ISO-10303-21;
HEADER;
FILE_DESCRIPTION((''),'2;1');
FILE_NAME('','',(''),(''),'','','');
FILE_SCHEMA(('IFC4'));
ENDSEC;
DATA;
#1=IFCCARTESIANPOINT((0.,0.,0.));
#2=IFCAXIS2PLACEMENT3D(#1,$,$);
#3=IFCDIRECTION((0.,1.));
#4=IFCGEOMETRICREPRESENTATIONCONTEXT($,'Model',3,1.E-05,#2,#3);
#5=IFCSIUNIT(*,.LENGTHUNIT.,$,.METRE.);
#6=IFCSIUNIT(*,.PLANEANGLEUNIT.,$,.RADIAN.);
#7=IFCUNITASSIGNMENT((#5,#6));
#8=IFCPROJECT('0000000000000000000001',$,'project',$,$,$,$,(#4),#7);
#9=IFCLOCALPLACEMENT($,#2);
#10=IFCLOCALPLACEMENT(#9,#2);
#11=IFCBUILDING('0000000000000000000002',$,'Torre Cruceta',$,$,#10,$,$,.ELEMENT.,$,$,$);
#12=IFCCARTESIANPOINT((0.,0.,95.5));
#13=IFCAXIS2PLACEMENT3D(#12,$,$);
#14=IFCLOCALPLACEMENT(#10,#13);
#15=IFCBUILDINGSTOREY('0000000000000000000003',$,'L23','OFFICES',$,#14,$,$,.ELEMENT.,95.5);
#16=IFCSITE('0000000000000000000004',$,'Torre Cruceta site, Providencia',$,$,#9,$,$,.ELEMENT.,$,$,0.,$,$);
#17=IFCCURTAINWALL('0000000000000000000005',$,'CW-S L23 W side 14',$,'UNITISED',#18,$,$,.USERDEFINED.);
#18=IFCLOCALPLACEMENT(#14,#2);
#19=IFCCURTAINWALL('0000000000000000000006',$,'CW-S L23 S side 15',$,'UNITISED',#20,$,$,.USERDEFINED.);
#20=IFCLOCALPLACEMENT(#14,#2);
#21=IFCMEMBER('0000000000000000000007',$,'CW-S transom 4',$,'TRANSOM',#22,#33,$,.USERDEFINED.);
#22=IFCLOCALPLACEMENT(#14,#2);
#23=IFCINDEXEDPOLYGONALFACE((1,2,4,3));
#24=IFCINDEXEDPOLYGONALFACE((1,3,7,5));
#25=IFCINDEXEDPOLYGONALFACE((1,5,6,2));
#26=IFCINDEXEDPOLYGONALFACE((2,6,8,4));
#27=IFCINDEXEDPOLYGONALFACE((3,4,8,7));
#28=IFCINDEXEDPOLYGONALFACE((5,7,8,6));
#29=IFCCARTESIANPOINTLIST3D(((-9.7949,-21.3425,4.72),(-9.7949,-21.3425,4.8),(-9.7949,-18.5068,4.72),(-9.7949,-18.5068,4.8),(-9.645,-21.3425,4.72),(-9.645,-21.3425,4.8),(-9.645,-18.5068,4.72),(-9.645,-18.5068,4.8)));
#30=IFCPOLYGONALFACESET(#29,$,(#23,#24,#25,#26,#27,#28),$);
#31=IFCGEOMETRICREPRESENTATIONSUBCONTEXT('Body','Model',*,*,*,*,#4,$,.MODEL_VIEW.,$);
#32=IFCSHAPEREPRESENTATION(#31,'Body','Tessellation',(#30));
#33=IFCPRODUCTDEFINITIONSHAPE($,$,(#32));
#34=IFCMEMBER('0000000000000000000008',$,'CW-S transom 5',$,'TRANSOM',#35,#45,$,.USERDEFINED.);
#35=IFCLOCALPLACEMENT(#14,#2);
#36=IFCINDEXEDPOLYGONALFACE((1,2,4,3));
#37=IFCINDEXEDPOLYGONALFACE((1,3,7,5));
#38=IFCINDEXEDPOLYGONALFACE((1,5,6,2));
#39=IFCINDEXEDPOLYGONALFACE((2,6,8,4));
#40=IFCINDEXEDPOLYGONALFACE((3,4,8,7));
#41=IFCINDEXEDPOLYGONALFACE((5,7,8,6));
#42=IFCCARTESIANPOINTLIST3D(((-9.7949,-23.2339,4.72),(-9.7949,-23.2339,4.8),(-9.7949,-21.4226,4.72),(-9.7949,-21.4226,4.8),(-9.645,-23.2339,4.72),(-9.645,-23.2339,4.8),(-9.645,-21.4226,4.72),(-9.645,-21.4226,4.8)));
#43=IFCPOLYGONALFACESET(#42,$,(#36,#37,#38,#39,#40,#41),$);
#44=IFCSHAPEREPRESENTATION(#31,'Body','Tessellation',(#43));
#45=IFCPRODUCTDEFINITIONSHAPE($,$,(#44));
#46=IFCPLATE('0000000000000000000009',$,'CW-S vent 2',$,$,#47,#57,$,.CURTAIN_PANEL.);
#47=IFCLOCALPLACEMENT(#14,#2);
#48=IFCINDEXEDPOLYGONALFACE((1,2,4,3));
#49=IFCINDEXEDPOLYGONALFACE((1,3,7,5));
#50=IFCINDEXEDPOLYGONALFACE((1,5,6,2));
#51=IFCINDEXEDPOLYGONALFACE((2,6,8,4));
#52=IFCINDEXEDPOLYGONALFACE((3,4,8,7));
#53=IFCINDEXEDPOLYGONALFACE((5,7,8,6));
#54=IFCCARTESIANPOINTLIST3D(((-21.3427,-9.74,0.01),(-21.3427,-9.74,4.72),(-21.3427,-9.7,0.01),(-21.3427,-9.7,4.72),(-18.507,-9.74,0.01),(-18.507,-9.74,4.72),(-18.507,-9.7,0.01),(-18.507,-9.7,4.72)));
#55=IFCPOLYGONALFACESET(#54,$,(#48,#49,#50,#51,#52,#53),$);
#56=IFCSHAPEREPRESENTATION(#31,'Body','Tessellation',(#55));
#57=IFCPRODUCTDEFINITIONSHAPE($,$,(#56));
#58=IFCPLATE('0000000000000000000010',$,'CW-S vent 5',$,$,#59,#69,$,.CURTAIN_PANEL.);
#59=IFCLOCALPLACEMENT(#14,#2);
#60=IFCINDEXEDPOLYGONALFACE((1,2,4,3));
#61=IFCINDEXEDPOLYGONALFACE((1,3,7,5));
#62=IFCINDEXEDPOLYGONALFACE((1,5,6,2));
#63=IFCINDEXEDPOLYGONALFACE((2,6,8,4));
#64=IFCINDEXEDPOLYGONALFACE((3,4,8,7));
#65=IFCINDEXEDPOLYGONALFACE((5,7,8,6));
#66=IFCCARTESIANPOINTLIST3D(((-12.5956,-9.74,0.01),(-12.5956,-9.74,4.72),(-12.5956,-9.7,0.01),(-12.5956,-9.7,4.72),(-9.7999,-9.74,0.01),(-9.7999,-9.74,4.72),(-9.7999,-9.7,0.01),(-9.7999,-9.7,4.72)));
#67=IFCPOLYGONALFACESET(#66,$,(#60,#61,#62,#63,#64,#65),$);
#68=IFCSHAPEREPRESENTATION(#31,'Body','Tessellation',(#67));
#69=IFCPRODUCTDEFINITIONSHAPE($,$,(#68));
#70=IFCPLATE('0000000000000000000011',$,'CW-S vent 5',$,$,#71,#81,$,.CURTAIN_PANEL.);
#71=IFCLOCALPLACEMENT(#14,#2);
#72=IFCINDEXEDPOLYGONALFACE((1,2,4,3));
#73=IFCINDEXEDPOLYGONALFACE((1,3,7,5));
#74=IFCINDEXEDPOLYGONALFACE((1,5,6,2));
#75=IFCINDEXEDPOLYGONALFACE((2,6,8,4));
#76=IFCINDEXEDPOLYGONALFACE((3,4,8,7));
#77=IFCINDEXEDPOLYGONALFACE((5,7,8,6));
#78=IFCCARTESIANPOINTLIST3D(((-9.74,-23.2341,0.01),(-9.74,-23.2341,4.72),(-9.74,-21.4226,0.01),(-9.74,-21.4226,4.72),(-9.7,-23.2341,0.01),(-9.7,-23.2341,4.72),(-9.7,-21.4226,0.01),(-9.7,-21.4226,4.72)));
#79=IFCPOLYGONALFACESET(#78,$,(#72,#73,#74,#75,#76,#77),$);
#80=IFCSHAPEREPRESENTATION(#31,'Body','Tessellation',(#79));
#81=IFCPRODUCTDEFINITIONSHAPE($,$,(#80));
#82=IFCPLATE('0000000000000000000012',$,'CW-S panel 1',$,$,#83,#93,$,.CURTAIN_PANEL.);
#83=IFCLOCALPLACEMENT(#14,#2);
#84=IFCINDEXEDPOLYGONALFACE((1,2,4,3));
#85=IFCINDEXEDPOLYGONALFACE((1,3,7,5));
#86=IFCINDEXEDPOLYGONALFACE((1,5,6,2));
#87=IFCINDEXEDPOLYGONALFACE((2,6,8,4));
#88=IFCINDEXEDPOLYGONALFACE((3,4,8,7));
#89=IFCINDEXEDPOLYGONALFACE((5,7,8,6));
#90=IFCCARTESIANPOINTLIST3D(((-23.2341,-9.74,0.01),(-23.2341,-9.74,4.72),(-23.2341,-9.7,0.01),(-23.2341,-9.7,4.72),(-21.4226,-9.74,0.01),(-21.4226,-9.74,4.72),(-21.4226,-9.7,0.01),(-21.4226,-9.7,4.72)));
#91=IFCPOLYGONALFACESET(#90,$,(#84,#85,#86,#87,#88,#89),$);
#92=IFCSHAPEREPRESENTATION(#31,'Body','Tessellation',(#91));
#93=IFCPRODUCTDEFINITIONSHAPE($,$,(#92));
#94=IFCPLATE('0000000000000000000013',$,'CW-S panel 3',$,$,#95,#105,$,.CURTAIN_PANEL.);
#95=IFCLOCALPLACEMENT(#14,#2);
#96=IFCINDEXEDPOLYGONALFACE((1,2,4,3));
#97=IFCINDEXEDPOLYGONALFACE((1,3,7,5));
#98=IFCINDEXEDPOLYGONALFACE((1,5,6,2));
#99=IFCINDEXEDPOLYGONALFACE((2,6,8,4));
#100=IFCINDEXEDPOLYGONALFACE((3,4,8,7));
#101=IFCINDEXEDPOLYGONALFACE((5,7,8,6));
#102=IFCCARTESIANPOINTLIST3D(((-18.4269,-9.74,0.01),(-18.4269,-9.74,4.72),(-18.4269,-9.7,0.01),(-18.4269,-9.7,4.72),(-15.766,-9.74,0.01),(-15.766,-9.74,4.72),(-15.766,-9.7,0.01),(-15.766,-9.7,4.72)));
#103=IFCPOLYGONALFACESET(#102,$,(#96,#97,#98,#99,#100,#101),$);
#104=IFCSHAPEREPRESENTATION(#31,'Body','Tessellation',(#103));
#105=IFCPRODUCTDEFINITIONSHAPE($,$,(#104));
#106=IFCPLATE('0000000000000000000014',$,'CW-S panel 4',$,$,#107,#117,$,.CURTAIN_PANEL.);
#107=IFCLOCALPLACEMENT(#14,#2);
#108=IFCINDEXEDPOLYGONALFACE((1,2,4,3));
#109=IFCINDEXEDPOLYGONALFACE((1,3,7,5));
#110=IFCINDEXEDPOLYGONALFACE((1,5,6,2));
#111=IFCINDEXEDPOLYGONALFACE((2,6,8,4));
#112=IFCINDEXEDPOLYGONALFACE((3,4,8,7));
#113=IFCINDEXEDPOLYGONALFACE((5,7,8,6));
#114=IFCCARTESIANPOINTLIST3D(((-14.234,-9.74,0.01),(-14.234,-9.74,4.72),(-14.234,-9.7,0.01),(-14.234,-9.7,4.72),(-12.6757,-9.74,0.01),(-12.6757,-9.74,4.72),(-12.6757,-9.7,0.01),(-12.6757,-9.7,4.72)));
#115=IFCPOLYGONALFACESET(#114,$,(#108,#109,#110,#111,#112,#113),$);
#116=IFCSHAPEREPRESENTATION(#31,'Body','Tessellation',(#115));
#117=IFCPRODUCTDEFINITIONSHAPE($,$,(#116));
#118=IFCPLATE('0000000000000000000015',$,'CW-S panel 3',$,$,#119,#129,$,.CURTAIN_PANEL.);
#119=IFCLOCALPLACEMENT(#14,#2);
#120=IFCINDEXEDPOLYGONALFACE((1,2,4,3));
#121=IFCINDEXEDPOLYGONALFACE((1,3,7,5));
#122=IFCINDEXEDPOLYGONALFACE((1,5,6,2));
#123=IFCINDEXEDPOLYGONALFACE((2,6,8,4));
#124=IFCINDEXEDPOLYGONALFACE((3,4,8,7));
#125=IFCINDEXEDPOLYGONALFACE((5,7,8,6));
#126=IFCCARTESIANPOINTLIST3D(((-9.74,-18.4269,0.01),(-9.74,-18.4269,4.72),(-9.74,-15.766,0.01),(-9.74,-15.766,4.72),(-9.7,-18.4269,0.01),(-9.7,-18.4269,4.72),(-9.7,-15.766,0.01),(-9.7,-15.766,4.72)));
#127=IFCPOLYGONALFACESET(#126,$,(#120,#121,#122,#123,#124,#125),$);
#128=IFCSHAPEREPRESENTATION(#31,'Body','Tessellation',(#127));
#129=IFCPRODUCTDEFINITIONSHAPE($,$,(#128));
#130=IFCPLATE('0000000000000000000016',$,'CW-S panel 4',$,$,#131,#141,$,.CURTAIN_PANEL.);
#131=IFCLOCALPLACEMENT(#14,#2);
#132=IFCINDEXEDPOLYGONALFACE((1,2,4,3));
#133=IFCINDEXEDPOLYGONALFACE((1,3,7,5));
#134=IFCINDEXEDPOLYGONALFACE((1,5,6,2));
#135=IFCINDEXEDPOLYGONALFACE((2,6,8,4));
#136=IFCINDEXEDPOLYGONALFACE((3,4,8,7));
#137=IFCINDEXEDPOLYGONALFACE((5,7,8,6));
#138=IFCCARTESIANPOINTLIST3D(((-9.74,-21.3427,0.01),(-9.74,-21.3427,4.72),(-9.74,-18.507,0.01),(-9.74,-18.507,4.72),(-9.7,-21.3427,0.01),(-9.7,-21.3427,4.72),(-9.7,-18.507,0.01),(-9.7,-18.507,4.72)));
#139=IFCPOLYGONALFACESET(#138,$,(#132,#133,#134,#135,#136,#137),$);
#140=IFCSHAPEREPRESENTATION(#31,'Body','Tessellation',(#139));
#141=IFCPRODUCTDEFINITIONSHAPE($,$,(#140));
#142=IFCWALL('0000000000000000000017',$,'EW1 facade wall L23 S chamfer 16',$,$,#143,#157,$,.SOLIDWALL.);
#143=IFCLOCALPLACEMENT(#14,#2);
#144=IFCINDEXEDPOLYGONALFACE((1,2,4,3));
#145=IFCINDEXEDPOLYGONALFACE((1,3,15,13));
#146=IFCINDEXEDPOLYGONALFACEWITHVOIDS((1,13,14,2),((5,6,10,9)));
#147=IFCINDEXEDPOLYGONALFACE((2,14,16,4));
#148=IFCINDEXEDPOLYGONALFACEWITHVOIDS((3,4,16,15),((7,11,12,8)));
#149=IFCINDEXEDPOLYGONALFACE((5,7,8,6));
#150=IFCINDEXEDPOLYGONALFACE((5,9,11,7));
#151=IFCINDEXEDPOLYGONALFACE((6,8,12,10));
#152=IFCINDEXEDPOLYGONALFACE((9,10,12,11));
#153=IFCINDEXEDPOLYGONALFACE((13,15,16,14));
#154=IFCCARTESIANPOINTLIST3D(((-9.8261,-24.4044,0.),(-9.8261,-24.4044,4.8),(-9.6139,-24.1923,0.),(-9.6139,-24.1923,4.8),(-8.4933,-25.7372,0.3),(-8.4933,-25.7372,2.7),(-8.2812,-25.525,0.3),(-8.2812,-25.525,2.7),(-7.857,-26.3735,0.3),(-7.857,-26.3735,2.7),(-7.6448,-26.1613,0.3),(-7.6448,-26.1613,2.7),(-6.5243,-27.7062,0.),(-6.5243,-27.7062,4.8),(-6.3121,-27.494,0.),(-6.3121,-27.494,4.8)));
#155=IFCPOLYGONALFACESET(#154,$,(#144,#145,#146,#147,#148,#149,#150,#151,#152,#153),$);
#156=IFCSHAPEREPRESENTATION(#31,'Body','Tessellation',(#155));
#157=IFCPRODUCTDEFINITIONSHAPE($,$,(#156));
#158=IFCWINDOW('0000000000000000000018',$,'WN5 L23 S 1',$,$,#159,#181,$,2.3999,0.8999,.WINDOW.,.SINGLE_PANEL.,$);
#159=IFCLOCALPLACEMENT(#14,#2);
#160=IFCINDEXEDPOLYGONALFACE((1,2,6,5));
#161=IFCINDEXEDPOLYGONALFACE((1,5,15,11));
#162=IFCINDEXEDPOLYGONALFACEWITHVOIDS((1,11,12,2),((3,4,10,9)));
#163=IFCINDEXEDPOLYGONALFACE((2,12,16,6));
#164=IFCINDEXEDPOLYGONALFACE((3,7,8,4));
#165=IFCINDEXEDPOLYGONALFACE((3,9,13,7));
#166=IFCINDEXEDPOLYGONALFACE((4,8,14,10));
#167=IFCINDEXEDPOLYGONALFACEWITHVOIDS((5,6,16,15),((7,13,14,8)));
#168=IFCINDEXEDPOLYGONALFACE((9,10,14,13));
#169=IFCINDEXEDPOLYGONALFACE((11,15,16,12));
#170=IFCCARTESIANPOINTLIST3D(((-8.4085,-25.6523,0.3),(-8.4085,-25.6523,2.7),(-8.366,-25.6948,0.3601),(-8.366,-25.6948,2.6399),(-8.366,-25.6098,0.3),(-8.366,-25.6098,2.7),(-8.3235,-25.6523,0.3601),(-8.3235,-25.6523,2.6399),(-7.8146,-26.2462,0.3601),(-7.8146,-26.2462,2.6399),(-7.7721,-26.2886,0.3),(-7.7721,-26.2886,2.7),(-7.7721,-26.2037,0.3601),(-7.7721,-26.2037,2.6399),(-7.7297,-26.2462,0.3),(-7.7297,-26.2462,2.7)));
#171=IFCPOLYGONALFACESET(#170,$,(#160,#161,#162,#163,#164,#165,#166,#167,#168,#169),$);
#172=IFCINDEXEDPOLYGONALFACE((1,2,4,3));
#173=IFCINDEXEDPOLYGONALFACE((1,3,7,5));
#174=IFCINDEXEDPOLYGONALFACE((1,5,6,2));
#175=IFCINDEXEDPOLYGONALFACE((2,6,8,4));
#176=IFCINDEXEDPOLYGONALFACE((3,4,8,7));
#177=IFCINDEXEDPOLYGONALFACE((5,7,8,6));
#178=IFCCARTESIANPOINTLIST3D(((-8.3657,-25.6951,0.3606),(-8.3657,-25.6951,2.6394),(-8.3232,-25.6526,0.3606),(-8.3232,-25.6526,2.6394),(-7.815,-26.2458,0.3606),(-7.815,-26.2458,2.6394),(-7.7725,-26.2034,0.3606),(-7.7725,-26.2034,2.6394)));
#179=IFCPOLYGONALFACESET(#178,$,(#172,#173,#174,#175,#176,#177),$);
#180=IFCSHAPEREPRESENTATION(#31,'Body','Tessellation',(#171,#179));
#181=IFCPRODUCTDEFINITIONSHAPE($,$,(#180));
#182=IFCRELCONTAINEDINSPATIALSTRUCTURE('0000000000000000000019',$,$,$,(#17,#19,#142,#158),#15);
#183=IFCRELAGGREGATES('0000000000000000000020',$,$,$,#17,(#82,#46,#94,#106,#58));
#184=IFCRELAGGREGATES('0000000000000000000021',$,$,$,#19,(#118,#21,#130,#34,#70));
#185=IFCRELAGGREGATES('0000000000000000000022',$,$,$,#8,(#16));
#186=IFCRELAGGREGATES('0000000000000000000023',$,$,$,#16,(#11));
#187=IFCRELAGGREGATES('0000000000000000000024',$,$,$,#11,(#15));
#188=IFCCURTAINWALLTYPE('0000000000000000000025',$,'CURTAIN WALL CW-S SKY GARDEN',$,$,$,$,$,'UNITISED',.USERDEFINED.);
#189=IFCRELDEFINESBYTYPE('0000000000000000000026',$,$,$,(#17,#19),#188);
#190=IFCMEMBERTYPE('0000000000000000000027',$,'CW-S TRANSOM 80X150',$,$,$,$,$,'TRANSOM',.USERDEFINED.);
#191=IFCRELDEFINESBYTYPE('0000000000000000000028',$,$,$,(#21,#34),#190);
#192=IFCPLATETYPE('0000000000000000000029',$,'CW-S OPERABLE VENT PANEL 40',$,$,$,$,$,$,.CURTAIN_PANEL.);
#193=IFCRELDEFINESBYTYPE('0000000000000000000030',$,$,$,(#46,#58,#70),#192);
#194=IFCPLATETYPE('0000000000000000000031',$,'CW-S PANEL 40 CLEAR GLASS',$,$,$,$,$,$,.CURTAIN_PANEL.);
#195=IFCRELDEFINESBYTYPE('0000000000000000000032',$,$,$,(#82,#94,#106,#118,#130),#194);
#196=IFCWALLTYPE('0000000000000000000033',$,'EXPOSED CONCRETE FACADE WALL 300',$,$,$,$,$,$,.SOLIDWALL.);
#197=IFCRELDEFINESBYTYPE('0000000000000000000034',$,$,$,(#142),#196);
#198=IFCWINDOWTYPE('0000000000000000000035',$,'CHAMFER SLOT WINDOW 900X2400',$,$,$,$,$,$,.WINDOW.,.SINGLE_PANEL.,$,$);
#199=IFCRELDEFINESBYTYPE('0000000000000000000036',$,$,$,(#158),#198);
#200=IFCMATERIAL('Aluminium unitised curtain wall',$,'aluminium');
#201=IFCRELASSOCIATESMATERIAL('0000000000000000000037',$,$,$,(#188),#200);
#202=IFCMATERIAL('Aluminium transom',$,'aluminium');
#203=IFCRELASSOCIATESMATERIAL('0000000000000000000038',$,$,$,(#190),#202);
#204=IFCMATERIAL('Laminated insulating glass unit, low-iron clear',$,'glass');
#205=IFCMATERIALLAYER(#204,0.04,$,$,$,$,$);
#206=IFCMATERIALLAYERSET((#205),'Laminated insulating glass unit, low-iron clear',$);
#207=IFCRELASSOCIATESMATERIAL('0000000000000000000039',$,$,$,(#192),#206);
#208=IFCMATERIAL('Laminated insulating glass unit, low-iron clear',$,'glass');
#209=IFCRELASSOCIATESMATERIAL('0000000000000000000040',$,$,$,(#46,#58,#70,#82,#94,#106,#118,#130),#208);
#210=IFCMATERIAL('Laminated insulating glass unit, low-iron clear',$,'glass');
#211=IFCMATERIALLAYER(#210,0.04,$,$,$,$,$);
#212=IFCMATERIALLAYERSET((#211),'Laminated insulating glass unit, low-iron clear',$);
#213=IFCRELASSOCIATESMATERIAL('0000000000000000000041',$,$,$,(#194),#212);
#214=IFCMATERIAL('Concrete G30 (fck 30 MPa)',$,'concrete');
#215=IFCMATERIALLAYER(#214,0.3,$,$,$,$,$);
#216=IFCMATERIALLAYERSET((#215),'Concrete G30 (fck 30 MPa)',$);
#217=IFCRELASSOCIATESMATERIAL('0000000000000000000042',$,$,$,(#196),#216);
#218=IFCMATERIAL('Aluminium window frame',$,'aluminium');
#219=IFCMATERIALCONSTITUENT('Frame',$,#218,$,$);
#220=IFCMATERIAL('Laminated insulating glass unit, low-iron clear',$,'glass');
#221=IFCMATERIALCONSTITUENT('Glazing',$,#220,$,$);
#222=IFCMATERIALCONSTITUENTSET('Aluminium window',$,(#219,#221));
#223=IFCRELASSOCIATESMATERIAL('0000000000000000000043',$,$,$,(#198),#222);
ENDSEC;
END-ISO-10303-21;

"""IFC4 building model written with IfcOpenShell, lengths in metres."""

from ifc_helpers import new_model, si_unit, direction, frame, frame_2d, origin, origin_2d, place, context, subcontext, project, spatial, rectangle, hollow_rectangle, extrude, material, layer, layer_set, constituent, constituent_set, material_profile, profile_set, type_object, element, fill, aggregate, save


model = new_model("IFC4")

# Units and contexts
model_context = context("Model", 3, precision=1e-05, world=origin(), true_north=direction((0.0, 1.0)))
body_context = subcontext(model_context, "Body", "Model", "MODEL_VIEW")
ifc_project = project(units=[si_unit("LENGTHUNIT", "METRE"), si_unit("PLANEANGLEUNIT", "RADIAN")], contexts=[model_context])

# Site, building, storey
site_placement = place(None, origin())
site = spatial("IfcSite", under=ifc_project, at=site_placement, Name="Torre Cruceta site, Providencia", CompositionType="ELEMENT", RefElevation=0.0)
building_placement = place(site_placement, origin())
building = spatial("IfcBuilding", under=site, at=building_placement, Name="Torre Cruceta", CompositionType="ELEMENT")
storey_placement = place(building_placement, frame((0.0, 0.0, 95.5)))
storey = spatial("IfcBuildingStorey", under=building, at=storey_placement, Name="L23", Description="OFFICES", CompositionType="ELEMENT", Elevation=95.5)

# Curtain walls
ifc_material_1 = material(Name="Aluminium unitised curtain wall", Category="aluminium")
curtain_wall_type = type_object("IfcCurtainWallType", Name="CURTAIN WALL CW-S SKY GARDEN", ElementType="UNITISED", PredefinedType="USERDEFINED", material=ifc_material_1)
curtain_wall_1_placement = place(storey_placement, origin())
curtain_wall_1 = element("IfcCurtainWall", 1, at=curtain_wall_1_placement, inside=storey, type_object=curtain_wall_type, Name="CW-S L23 W side 14", ObjectType="UNITISED", PredefinedType="USERDEFINED")
curtain_wall_2_placement = place(storey_placement, origin())
curtain_wall_2 = element("IfcCurtainWall", 2, at=curtain_wall_2_placement, inside=storey, type_object=curtain_wall_type, Name="CW-S L23 S side 15", ObjectType="UNITISED", PredefinedType="USERDEFINED")

# Members
ifc_material_2 = material(Name="Aluminium transom", Category="aluminium")
ifc_material_profile_1 = material_profile(ifc_material_2, rectangle(XDim=0.1499, YDim=0.0801, at=origin_2d()), Name="AL 150X80")
ifc_profile_set_1 = profile_set([ifc_material_profile_1], Name="Aluminium transom")
member_type_1 = type_object("IfcMemberType", Name="CW-S TRANSOM 80X150", ElementType="TRANSOM", PredefinedType="USERDEFINED", material=ifc_profile_set_1)
member_1_placement = place(storey_placement, frame((-9.72, -18.5068, 4.76), z_axis=(0.0, -1.0, 0.0), x_axis=(1.0, 0.0, 0.0)))
member_1 = element("IfcMember", 3, at=member_1_placement, type_object=member_type_1, Name="CW-S transom 4", ObjectType="TRANSOM", PredefinedType="USERDEFINED", context=body_context, shape_type="SweptSolid", body=[
    extrude(rectangle(XDim=0.1499, YDim=0.0801, at=origin_2d()), origin(), (0.0, 0.0, 1.0), 2.8357),
])
member_2_placement = place(storey_placement, frame((-9.72, -21.4226, 4.76), z_axis=(0.0, -1.0, 0.0), x_axis=(1.0, 0.0, 0.0)))
member_2 = element("IfcMember", 4, at=member_2_placement, type_object=member_type_1, Name="CW-S transom 5", ObjectType="TRANSOM", PredefinedType="USERDEFINED", context=body_context, shape_type="SweptSolid", body=[
    extrude(rectangle(XDim=0.1499, YDim=0.0801, at=origin_2d()), origin(), (0.0, 0.0, 1.0), 1.8113),
])

# Plates
ifc_material_3 = material(Name="Laminated insulating glass unit, low-iron clear", Category="glass")
ifc_material_4 = material(Name="Laminated insulating glass unit, low-iron clear", Category="glass")
ifc_layer_1 = layer(ifc_material_4, 0.04)
ifc_layer_set_1 = layer_set([ifc_layer_1], Name="Laminated insulating glass unit, low-iron clear")
plate_type_1 = type_object("IfcPlateType", Name="CW-S OPERABLE VENT PANEL 40", PredefinedType="CURTAIN_PANEL", material=ifc_layer_set_1)
plate_1_placement = place(storey_placement, frame((-19.9248, -9.72, 0.01), z_axis=(0.0, 0.0, 1.0), x_axis=(1.0, 0.0, 0.0)))
plate_1 = element("IfcPlate", 5, at=plate_1_placement, type_object=plate_type_1, material=ifc_material_3, Name="CW-S vent 2", PredefinedType="CURTAIN_PANEL", context=body_context, shape_type="SweptSolid", body=[
    extrude(rectangle(XDim=2.8357, YDim=0.04, at=origin_2d()), origin(), (0.0, 0.0, 1.0), 4.71),
])
plate_2_placement = place(storey_placement, frame((-11.1978, -9.72, 0.01), z_axis=(0.0, 0.0, 1.0), x_axis=(1.0, 0.0, 0.0)))
plate_2 = element("IfcPlate", 6, at=plate_2_placement, type_object=plate_type_1, material=ifc_material_3, Name="CW-S vent 5", PredefinedType="CURTAIN_PANEL", context=body_context, shape_type="SweptSolid", body=[
    extrude(rectangle(XDim=2.7957, YDim=0.04, at=origin_2d()), origin(), (0.0, 0.0, 1.0), 4.71),
])
plate_3_placement = place(storey_placement, frame((-9.72, -22.3284, 0.01), z_axis=(0.0, 0.0, 1.0), x_axis=(0.0, -1.0, 0.0)))
plate_3 = element("IfcPlate", 7, at=plate_3_placement, type_object=plate_type_1, material=ifc_material_3, Name="CW-S vent 5", PredefinedType="CURTAIN_PANEL", context=body_context, shape_type="SweptSolid", body=[
    extrude(rectangle(XDim=1.8115, YDim=0.04, at=origin_2d()), origin(), (0.0, 0.0, 1.0), 4.71),
])
ifc_material_5 = material(Name="Laminated insulating glass unit, low-iron clear", Category="glass")
ifc_layer_2 = layer(ifc_material_5, 0.04)
ifc_layer_set_2 = layer_set([ifc_layer_2], Name="Laminated insulating glass unit, low-iron clear")
plate_type_2 = type_object("IfcPlateType", Name="CW-S PANEL 40 CLEAR GLASS", PredefinedType="CURTAIN_PANEL", material=ifc_layer_set_2)
plate_4_placement = place(storey_placement, frame((-22.3284, -9.72, 0.01), z_axis=(0.0, 0.0, 1.0), x_axis=(1.0, 0.0, 0.0)))
plate_4 = element("IfcPlate", 8, at=plate_4_placement, type_object=plate_type_2, material=ifc_material_3, Name="CW-S panel 1", PredefinedType="CURTAIN_PANEL", context=body_context, shape_type="SweptSolid", body=[
    extrude(rectangle(XDim=1.8115, YDim=0.04, at=origin_2d()), origin(), (0.0, 0.0, 1.0), 4.71),
])
plate_5_placement = place(storey_placement, frame((-17.0964, -9.72, 0.01), z_axis=(0.0, 0.0, 1.0), x_axis=(1.0, 0.0, 0.0)))
plate_5 = element("IfcPlate", 9, at=plate_5_placement, type_object=plate_type_2, material=ifc_material_3, Name="CW-S panel 3", PredefinedType="CURTAIN_PANEL", context=body_context, shape_type="SweptSolid", body=[
    extrude(rectangle(XDim=2.6609, YDim=0.04, at=origin_2d()), origin(), (0.0, 0.0, 1.0), 4.71),
])
plate_6_placement = place(storey_placement, frame((-13.4548, -9.72, 0.01), z_axis=(0.0, 0.0, 1.0), x_axis=(1.0, 0.0, 0.0)))
plate_6 = element("IfcPlate", 10, at=plate_6_placement, type_object=plate_type_2, material=ifc_material_3, Name="CW-S panel 4", PredefinedType="CURTAIN_PANEL", context=body_context, shape_type="SweptSolid", body=[
    extrude(rectangle(XDim=1.5583, YDim=0.04, at=origin_2d()), origin(), (0.0, 0.0, 1.0), 4.71),
])
aggregate(curtain_wall_1, [plate_4, plate_1, plate_5, plate_6, plate_2])
plate_7_placement = place(storey_placement, frame((-9.72, -17.0964, 0.01), z_axis=(0.0, 0.0, 1.0), x_axis=(0.0, -1.0, 0.0)))
plate_7 = element("IfcPlate", 11, at=plate_7_placement, type_object=plate_type_2, material=ifc_material_3, Name="CW-S panel 3", PredefinedType="CURTAIN_PANEL", context=body_context, shape_type="SweptSolid", body=[
    extrude(rectangle(XDim=2.6609, YDim=0.04, at=origin_2d()), origin(), (0.0, 0.0, 1.0), 4.71),
])
plate_8_placement = place(storey_placement, frame((-9.72, -19.9248, 0.01), z_axis=(0.0, 0.0, 1.0), x_axis=(0.0, -1.0, 0.0)))
plate_8 = element("IfcPlate", 12, at=plate_8_placement, type_object=plate_type_2, material=ifc_material_3, Name="CW-S panel 4", PredefinedType="CURTAIN_PANEL", context=body_context, shape_type="SweptSolid", body=[
    extrude(rectangle(XDim=2.8357, YDim=0.04, at=origin_2d()), origin(), (0.0, 0.0, 1.0), 4.71),
])
aggregate(curtain_wall_2, [plate_7, member_1, plate_8, member_2, plate_3])

# Wall, opening, window
ifc_material_6 = material(Name="Concrete G30 (fck 30 MPa)", Category="concrete")
ifc_layer_3 = layer(ifc_material_6, 0.3)
ifc_layer_set_3 = layer_set([ifc_layer_3], Name="Concrete G30 (fck 30 MPa)")
wall_type = type_object("IfcWallType", Name="EXPOSED CONCRETE FACADE WALL 300", PredefinedType="SOLIDWALL", material=ifc_layer_set_3)
wall_placement = place(storey_placement, frame((-9.72, -24.2983, 0.0), z_axis=(0.0, 0.0, 1.0), x_axis=(0.707107, -0.707107, 0.0)))
wall = element("IfcWall", 13, at=wall_placement, inside=storey, type_object=wall_type, Name="EW1 facade wall L23 S chamfer 16", PredefinedType="SOLIDWALL", context=body_context, shape_type="SweptSolid", body=[
    extrude(rectangle(XDim=4.6694, YDim=0.3, at=frame_2d((2.3347, 0.0))), origin(), (0.0, 0.0, 1.0), 4.8),
])
opening_placement = place(wall_placement, frame((1.8848, 0.0, 0.3)))
opening = element("IfcOpeningElement", 14, at=opening_placement, cuts=wall, PredefinedType="OPENING", context=body_context, shape_type="SweptSolid", body=[
    extrude(rectangle(XDim=0.8999, YDim=2.3999, at=frame_2d((0.45, 1.2))), frame((0.0, 0.1599, 0.0), z_axis=(0.0, -1.0, 0.0), x_axis=(1.0, 0.0, 0.0)), (0.0, 0.0, 1.0), 0.3201),
])
ifc_material_7 = material(Name="Aluminium window frame", Category="aluminium")
ifc_constituent_1 = constituent(ifc_material_7, Name="Frame")
ifc_material_8 = material(Name="Laminated insulating glass unit, low-iron clear", Category="glass")
ifc_constituent_2 = constituent(ifc_material_8, Name="Glazing")
ifc_constituent_set = constituent_set(constituents=[ifc_constituent_1, ifc_constituent_2], Name="Aluminium window")
window_type = type_object("IfcWindowType", Name="CHAMFER SLOT WINDOW 900X2400", PartitioningType="SINGLE_PANEL", PredefinedType="WINDOW", material=ifc_constituent_set)
window_placement = place(opening_placement, origin())
window = element("IfcWindow", 15, at=window_placement, inside=storey, type_object=window_type, Name="WN5 L23 S 1", OverallHeight=2.3999, OverallWidth=0.8999, PartitioningType="SINGLE_PANEL", PredefinedType="WINDOW", context=body_context, shape_type="SweptSolid", body=[
    extrude(hollow_rectangle(XDim=0.8999, YDim=2.3999, WallThickness=0.0601, at=frame_2d((0.45, 1.2))), frame((0.0, 0.03, 0.0), z_axis=(0.0, -1.0, 0.0), x_axis=(1.0, 0.0, 0.0)), (0.0, 0.0, 1.0), 0.0601),
    extrude(rectangle(XDim=0.7788, YDim=2.2788, at=frame_2d((0.45, 1.2))), frame((0.0, 0.03, 0.0), z_axis=(0.0, -1.0, 0.0), x_axis=(1.0, 0.0, 0.0)), (0.0, 0.0, 1.0), 0.0601),
])
fill(opening, window)

save(model, "model.ifc")
